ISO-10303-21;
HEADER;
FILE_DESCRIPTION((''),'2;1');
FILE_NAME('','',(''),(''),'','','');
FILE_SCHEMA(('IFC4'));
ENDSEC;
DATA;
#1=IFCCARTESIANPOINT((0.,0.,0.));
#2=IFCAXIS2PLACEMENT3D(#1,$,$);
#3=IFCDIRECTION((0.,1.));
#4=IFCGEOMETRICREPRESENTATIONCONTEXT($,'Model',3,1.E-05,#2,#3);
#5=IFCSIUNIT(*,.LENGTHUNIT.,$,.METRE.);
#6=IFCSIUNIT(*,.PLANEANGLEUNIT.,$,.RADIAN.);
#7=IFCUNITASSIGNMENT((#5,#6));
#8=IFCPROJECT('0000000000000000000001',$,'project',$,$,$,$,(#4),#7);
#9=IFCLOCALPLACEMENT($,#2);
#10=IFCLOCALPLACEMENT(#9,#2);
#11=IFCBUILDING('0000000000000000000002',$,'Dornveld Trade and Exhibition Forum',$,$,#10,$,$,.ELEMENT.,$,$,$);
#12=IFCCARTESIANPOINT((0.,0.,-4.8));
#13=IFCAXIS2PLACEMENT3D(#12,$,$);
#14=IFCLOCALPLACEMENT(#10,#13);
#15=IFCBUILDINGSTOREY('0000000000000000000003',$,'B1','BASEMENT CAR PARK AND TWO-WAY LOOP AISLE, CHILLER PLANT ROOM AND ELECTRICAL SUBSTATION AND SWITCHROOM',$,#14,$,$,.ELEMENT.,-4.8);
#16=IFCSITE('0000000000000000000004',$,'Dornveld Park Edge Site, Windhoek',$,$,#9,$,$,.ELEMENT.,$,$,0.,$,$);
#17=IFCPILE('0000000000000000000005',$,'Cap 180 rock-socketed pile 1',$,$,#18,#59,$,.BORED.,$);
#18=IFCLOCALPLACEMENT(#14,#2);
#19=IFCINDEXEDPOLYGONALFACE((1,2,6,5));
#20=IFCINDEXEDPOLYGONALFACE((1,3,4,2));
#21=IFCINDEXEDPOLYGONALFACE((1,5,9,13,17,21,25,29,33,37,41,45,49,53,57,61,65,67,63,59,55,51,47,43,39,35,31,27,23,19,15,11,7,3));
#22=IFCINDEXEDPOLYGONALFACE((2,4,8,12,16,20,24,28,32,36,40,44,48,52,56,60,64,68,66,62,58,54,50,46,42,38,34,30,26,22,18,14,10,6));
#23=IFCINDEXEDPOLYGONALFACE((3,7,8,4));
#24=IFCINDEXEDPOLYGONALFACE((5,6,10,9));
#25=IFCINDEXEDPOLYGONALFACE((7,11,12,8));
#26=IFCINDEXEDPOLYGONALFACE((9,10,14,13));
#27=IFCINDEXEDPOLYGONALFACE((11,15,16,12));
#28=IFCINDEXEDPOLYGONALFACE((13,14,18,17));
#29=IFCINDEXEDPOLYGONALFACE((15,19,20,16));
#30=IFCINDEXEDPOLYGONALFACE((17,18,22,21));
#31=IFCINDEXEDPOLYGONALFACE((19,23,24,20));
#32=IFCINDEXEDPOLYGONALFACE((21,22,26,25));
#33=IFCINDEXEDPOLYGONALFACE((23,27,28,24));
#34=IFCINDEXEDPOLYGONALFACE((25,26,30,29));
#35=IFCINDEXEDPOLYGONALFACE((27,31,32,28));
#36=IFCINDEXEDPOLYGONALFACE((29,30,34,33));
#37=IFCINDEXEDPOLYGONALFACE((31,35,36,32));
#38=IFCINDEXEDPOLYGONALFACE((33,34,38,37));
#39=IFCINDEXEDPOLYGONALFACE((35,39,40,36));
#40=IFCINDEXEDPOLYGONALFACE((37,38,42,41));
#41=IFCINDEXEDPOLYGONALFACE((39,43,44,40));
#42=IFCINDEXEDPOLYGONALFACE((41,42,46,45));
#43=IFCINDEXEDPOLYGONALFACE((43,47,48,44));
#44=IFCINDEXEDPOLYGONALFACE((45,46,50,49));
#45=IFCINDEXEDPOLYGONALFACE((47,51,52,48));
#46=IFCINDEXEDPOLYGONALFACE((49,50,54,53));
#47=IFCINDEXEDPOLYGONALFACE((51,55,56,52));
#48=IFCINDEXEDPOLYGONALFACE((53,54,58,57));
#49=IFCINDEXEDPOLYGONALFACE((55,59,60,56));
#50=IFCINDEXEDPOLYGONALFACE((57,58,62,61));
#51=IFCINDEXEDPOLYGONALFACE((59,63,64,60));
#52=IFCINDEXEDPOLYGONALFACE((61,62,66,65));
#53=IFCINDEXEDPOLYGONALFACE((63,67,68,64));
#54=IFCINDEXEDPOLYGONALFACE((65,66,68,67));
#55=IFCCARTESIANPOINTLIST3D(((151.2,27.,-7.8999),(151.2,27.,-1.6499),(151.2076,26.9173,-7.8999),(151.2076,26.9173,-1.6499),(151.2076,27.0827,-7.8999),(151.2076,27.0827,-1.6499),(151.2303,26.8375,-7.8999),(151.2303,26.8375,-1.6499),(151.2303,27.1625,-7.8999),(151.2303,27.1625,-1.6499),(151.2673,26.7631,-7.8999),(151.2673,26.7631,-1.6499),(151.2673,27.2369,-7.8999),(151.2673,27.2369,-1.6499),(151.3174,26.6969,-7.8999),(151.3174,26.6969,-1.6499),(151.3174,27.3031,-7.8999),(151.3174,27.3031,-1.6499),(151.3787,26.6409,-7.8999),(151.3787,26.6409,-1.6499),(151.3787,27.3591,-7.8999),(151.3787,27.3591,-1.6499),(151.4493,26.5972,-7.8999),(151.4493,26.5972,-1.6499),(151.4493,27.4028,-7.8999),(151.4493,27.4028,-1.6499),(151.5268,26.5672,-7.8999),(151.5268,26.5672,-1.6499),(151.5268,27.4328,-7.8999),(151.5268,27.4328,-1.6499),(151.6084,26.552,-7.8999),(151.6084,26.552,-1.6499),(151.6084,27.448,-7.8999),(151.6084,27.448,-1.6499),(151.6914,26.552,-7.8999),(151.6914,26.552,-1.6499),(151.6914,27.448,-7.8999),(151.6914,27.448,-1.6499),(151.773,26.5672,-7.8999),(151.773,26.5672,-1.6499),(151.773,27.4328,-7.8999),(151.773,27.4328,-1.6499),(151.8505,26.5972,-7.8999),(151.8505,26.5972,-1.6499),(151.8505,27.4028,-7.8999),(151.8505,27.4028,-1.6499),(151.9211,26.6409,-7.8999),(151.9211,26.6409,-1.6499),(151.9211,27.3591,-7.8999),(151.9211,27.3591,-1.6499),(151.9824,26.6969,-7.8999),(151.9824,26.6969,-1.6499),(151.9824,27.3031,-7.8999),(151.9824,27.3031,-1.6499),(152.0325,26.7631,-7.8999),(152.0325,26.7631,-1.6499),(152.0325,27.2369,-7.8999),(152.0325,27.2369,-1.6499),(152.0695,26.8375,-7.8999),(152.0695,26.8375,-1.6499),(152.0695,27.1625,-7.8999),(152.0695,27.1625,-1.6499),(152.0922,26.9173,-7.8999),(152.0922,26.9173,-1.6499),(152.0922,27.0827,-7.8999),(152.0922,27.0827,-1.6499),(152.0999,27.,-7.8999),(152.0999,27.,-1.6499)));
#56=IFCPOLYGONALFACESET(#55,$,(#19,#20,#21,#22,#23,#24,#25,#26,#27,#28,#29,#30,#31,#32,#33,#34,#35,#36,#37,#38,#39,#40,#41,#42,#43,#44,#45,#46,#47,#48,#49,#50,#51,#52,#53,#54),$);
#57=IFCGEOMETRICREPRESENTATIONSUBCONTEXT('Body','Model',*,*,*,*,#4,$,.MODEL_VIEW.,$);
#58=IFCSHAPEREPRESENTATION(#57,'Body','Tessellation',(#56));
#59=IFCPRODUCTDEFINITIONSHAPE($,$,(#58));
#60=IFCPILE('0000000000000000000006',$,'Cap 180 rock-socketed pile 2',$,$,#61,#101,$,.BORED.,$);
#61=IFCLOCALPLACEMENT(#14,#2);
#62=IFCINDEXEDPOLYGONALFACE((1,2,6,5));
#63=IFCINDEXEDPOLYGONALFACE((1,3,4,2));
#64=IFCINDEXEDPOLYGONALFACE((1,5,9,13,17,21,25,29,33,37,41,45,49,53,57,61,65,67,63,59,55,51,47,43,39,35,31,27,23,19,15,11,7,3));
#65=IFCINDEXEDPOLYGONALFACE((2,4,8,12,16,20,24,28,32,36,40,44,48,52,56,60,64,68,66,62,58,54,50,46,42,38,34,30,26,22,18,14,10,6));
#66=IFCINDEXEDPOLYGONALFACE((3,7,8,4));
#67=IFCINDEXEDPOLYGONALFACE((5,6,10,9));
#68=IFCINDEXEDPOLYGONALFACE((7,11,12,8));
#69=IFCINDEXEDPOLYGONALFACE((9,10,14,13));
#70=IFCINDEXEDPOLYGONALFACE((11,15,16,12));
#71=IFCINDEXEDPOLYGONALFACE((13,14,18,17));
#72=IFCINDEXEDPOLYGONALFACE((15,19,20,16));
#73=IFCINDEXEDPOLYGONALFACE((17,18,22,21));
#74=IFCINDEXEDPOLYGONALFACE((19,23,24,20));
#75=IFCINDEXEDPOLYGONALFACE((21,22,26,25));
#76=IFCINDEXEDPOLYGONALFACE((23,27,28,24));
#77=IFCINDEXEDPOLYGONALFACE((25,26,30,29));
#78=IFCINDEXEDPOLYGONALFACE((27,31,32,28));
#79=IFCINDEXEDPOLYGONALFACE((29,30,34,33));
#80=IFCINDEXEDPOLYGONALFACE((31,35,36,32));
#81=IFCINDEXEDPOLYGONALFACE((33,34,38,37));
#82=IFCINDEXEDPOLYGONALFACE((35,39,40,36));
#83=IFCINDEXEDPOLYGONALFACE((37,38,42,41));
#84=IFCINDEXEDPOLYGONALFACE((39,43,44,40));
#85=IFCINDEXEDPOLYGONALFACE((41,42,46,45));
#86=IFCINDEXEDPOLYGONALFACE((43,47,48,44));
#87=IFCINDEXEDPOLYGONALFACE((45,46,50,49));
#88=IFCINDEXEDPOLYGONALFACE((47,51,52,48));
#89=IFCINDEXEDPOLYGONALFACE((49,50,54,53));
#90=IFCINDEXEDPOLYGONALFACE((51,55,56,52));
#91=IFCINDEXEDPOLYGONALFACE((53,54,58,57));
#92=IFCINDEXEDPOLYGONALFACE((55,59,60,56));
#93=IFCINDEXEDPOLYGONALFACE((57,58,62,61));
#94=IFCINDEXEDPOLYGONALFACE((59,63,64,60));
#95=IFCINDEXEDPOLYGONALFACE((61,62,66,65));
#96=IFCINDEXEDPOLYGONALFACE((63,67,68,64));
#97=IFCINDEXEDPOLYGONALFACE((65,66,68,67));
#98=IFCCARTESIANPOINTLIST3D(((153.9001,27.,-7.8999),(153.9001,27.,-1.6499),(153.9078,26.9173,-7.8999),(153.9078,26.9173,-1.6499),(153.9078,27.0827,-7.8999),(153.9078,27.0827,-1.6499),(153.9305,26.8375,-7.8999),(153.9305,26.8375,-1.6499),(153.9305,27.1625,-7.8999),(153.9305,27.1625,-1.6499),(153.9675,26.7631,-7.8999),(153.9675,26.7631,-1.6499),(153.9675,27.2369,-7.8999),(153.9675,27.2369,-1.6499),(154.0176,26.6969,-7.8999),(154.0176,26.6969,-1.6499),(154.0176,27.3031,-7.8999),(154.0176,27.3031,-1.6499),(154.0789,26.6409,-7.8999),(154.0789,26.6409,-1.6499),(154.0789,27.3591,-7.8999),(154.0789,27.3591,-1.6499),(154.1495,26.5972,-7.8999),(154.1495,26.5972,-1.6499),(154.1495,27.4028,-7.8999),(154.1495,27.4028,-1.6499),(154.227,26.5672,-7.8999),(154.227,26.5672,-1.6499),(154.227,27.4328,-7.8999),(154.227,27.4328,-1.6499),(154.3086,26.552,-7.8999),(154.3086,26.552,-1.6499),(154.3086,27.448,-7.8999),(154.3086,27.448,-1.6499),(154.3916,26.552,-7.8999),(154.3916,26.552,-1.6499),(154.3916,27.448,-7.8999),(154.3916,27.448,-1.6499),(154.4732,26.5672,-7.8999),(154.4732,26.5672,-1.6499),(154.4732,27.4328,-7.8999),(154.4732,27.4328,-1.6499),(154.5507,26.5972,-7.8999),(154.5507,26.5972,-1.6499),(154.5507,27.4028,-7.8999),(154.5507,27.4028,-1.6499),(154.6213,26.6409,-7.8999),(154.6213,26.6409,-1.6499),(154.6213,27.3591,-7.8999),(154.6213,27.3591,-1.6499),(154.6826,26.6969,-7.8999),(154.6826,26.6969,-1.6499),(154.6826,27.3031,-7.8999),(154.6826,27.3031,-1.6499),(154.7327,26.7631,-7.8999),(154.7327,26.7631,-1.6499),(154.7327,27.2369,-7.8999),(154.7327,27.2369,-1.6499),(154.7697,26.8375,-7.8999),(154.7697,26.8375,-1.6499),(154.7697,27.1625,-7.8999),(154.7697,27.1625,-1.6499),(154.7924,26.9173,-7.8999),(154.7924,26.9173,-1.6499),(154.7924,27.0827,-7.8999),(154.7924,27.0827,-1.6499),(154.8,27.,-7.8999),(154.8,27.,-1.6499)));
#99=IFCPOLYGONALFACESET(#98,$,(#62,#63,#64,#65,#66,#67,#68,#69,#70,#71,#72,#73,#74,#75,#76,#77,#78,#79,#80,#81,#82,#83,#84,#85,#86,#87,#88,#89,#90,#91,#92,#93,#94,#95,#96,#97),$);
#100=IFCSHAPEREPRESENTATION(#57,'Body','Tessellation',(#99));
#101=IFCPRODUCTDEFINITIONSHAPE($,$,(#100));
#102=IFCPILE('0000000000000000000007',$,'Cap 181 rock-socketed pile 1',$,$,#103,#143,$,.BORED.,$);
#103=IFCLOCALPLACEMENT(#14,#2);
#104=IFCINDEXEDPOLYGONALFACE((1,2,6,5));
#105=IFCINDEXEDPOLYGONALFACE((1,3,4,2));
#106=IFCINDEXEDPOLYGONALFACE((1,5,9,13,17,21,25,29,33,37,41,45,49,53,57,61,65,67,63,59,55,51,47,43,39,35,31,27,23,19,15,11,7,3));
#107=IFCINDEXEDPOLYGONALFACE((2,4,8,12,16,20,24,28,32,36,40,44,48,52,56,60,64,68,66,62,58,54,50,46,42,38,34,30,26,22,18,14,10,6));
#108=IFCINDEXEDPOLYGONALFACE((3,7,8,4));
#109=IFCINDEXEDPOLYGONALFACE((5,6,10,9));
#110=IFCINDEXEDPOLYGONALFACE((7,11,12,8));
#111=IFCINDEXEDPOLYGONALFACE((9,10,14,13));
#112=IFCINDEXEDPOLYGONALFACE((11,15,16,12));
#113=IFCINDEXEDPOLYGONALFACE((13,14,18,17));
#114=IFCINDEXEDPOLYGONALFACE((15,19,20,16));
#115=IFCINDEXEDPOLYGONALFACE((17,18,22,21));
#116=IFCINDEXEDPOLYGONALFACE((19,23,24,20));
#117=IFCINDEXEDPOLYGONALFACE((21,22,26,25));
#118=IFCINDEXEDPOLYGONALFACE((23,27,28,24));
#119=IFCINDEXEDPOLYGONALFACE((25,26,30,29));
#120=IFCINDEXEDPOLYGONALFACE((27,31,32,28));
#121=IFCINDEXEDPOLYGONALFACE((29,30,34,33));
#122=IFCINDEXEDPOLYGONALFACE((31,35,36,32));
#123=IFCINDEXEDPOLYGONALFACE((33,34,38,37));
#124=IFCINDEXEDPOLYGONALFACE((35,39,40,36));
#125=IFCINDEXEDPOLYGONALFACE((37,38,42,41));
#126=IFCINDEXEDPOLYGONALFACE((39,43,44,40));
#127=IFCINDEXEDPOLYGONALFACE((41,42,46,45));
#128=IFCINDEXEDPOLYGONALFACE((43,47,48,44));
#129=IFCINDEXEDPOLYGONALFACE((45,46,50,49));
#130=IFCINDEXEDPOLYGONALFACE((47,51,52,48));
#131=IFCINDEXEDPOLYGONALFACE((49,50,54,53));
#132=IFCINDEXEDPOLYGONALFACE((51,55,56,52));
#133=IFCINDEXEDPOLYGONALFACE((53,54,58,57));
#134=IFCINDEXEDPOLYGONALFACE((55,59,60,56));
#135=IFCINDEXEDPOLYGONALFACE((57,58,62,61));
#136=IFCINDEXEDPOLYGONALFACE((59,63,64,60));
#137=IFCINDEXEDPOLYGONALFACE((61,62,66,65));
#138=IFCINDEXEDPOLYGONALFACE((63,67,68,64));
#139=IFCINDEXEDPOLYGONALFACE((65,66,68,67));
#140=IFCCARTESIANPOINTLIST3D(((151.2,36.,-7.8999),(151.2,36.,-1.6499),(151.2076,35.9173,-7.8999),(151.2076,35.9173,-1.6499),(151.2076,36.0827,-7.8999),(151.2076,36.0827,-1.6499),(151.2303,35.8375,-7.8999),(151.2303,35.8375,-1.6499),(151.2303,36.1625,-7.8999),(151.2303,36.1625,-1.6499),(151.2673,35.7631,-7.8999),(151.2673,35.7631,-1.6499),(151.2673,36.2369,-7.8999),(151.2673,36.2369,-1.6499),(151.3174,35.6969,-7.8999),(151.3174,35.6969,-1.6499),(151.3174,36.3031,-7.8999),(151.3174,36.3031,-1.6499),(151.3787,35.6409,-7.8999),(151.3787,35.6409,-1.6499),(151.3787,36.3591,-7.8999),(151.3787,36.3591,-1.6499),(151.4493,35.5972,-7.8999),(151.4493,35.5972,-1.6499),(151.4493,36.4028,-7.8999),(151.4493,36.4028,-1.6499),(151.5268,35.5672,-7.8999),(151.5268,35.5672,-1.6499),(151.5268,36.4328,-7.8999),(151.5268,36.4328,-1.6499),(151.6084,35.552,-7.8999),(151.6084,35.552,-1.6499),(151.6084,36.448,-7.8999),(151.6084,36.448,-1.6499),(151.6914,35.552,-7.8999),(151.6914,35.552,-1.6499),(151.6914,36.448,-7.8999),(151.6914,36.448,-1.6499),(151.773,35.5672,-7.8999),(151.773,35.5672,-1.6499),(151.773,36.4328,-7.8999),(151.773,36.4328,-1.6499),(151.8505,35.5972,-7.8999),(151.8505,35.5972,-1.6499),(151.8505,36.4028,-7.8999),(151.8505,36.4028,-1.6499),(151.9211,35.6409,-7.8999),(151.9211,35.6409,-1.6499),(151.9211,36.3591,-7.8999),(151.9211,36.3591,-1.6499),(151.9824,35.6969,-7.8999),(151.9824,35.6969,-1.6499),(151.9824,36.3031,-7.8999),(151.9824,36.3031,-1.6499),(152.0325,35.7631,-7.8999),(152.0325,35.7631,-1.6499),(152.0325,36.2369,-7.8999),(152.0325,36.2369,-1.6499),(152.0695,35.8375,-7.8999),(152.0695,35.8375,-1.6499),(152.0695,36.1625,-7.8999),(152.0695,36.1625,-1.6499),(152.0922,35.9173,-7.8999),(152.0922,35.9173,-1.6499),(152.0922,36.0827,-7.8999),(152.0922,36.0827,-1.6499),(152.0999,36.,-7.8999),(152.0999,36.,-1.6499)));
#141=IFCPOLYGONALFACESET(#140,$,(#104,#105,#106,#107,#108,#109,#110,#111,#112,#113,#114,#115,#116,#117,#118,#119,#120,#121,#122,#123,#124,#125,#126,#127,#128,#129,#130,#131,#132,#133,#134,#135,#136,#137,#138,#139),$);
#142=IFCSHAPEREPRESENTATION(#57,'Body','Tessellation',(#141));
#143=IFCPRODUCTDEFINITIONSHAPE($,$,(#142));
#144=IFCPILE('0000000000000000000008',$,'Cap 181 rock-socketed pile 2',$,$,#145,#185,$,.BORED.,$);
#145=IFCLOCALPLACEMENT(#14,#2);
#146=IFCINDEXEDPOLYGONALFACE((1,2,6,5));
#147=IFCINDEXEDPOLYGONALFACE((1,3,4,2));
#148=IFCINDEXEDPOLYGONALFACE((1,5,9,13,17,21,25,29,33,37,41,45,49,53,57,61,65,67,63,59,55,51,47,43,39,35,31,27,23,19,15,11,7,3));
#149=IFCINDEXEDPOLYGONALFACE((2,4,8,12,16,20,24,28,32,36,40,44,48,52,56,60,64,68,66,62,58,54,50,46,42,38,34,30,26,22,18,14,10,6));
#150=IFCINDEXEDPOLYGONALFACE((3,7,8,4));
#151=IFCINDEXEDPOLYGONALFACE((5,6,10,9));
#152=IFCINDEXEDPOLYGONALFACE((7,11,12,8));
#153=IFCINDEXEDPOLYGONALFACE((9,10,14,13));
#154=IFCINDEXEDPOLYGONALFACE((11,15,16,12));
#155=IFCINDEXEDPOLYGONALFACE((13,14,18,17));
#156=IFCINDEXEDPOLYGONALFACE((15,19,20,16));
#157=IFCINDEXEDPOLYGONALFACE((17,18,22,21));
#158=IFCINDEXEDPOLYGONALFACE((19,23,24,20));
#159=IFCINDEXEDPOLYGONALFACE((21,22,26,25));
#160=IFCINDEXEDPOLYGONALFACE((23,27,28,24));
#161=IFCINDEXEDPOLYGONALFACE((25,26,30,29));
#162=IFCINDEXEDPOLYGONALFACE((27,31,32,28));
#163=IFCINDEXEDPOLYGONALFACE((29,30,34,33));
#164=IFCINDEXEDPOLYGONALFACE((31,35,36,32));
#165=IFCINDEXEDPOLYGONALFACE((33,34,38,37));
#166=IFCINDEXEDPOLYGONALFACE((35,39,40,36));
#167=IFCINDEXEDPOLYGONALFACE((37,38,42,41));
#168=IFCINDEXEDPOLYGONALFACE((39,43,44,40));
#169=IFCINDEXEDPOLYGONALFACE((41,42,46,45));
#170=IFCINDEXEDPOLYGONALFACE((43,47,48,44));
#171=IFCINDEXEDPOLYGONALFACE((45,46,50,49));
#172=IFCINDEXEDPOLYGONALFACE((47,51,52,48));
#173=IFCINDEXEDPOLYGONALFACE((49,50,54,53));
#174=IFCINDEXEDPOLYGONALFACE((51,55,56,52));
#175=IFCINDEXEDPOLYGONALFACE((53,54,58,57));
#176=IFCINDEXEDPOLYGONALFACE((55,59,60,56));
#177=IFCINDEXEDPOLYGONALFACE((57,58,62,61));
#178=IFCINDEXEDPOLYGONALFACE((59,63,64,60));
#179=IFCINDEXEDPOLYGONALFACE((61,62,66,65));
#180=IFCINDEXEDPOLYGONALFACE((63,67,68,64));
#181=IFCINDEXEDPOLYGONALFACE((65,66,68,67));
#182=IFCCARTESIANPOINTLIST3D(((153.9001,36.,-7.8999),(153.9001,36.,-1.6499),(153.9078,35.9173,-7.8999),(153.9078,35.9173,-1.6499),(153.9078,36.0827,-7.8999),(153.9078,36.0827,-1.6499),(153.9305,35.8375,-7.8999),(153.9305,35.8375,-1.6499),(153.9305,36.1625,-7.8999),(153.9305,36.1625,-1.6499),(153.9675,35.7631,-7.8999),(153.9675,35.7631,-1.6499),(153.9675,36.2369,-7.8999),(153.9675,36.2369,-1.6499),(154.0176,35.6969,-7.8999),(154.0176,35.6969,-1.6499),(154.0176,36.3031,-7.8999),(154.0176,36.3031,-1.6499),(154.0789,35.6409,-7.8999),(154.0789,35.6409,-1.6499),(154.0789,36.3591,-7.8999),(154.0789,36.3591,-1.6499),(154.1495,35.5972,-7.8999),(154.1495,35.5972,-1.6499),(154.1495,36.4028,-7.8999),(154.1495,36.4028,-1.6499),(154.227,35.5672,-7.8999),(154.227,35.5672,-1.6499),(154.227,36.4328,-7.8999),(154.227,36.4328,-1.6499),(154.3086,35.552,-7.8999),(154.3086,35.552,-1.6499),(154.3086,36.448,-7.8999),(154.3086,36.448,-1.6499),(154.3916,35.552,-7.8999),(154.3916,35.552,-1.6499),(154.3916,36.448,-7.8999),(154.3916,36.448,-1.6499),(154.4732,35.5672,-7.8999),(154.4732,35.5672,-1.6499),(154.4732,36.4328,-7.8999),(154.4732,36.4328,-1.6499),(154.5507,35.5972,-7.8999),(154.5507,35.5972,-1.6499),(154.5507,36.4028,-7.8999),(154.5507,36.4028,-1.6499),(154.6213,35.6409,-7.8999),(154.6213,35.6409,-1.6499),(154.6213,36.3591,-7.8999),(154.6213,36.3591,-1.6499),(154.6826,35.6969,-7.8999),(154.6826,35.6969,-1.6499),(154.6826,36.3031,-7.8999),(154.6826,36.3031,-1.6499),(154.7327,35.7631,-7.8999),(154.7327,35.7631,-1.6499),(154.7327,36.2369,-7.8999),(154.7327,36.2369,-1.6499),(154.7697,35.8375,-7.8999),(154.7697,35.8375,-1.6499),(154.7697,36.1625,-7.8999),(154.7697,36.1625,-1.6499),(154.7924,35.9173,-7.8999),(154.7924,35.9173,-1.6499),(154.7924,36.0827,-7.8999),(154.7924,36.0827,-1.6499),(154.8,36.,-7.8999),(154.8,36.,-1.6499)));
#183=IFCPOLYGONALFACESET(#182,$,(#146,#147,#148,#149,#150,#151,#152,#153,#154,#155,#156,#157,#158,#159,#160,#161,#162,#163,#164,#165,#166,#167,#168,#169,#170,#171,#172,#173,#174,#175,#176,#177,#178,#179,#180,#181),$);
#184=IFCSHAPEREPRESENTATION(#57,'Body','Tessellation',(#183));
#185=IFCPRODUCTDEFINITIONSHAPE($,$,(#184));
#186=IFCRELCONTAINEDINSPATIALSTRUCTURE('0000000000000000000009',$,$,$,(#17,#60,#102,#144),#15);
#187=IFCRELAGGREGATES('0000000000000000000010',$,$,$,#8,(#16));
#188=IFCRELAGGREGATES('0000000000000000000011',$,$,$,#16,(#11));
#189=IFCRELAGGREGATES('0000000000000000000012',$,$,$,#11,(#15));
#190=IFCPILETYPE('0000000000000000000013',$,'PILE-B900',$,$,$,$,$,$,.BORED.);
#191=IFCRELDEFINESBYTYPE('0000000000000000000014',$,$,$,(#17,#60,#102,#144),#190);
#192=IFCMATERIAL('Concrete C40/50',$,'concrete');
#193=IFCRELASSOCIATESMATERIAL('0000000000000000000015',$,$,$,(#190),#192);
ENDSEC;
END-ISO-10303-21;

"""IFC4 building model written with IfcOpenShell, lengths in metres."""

from ifc_helpers import new_model, si_unit, direction, frame, origin, origin_2d, place, context, subcontext, project, spatial, circle, extrude, material, material_profile, profile_set, type_object, element, save


model = new_model("IFC4")

# Units and contexts
model_context = context("Model", 3, precision=1e-05, world=origin(), true_north=direction((0.0, 1.0)))
body_context = subcontext(model_context, "Body", "Model", "MODEL_VIEW")
ifc_project = project(units=[si_unit("LENGTHUNIT", "METRE"), si_unit("PLANEANGLEUNIT", "RADIAN")], contexts=[model_context])

# Site, building, storey
site_placement = place(None, origin())
site = spatial("IfcSite", under=ifc_project, at=site_placement, Name="Dornveld Park Edge Site, Windhoek", CompositionType="ELEMENT", RefElevation=0.0)
building_placement = place(site_placement, origin())
building = spatial("IfcBuilding", under=site, at=building_placement, Name="Dornveld Trade and Exhibition Forum", CompositionType="ELEMENT")
storey_placement = place(building_placement, frame((0.0, 0.0, -4.8)))
storey = spatial("IfcBuildingStorey", under=building, at=storey_placement, Name="B1", Description="BASEMENT CAR PARK AND TWO-WAY LOOP AISLE, CHILLER PLANT ROOM AND ELECTRICAL SUBSTATION AND SWITCHROOM", CompositionType="ELEMENT", Elevation=-4.8)

# Piles
ifc_material_1 = material(Name="Concrete C40/50", Category="concrete")
ifc_material_profile_1 = material_profile(ifc_material_1, circle(Radius=0.45, at=origin_2d()), Name="PILE D900")
ifc_profile_set_1 = profile_set([ifc_material_profile_1], Name="Concrete C40/50")
pile_type = type_object("IfcPileType", Name="PILE-B900", PredefinedType="BORED", material=ifc_profile_set_1)
for number, where, z_axis, x_axis, name in (
    (1, (151.6499, 27.0, -1.6499), (0.0, 0.0, -1.0), (1.0, 0.0, 0.0), "Cap 180 rock-socketed pile 1"),
    (2, (154.3501, 27.0, -1.6499), (0.0, 0.0, -1.0), (1.0, 0.0, 0.0), "Cap 180 rock-socketed pile 2"),
    (3, (151.6499, 36.0, -1.6499), (0.0, 0.0, -1.0), (1.0, 0.0, 0.0), "Cap 181 rock-socketed pile 1"),
    (4, (154.3501, 36.0, -1.6499), (0.0, 0.0, -1.0), (1.0, 0.0, 0.0), "Cap 181 rock-socketed pile 2"),
):
    element("IfcPile", number, at=place(storey_placement, frame(where, z_axis=z_axis, x_axis=x_axis)), inside=storey, type_object=pile_type, Name=name, PredefinedType="BORED", context=body_context, shape_type="SweptSolid", body=[
        extrude(circle(Radius=0.45, at=origin_2d()), origin(), (0.0, 0.0, 1.0), 6.25),
    ])

save(model, "model.ifc")
